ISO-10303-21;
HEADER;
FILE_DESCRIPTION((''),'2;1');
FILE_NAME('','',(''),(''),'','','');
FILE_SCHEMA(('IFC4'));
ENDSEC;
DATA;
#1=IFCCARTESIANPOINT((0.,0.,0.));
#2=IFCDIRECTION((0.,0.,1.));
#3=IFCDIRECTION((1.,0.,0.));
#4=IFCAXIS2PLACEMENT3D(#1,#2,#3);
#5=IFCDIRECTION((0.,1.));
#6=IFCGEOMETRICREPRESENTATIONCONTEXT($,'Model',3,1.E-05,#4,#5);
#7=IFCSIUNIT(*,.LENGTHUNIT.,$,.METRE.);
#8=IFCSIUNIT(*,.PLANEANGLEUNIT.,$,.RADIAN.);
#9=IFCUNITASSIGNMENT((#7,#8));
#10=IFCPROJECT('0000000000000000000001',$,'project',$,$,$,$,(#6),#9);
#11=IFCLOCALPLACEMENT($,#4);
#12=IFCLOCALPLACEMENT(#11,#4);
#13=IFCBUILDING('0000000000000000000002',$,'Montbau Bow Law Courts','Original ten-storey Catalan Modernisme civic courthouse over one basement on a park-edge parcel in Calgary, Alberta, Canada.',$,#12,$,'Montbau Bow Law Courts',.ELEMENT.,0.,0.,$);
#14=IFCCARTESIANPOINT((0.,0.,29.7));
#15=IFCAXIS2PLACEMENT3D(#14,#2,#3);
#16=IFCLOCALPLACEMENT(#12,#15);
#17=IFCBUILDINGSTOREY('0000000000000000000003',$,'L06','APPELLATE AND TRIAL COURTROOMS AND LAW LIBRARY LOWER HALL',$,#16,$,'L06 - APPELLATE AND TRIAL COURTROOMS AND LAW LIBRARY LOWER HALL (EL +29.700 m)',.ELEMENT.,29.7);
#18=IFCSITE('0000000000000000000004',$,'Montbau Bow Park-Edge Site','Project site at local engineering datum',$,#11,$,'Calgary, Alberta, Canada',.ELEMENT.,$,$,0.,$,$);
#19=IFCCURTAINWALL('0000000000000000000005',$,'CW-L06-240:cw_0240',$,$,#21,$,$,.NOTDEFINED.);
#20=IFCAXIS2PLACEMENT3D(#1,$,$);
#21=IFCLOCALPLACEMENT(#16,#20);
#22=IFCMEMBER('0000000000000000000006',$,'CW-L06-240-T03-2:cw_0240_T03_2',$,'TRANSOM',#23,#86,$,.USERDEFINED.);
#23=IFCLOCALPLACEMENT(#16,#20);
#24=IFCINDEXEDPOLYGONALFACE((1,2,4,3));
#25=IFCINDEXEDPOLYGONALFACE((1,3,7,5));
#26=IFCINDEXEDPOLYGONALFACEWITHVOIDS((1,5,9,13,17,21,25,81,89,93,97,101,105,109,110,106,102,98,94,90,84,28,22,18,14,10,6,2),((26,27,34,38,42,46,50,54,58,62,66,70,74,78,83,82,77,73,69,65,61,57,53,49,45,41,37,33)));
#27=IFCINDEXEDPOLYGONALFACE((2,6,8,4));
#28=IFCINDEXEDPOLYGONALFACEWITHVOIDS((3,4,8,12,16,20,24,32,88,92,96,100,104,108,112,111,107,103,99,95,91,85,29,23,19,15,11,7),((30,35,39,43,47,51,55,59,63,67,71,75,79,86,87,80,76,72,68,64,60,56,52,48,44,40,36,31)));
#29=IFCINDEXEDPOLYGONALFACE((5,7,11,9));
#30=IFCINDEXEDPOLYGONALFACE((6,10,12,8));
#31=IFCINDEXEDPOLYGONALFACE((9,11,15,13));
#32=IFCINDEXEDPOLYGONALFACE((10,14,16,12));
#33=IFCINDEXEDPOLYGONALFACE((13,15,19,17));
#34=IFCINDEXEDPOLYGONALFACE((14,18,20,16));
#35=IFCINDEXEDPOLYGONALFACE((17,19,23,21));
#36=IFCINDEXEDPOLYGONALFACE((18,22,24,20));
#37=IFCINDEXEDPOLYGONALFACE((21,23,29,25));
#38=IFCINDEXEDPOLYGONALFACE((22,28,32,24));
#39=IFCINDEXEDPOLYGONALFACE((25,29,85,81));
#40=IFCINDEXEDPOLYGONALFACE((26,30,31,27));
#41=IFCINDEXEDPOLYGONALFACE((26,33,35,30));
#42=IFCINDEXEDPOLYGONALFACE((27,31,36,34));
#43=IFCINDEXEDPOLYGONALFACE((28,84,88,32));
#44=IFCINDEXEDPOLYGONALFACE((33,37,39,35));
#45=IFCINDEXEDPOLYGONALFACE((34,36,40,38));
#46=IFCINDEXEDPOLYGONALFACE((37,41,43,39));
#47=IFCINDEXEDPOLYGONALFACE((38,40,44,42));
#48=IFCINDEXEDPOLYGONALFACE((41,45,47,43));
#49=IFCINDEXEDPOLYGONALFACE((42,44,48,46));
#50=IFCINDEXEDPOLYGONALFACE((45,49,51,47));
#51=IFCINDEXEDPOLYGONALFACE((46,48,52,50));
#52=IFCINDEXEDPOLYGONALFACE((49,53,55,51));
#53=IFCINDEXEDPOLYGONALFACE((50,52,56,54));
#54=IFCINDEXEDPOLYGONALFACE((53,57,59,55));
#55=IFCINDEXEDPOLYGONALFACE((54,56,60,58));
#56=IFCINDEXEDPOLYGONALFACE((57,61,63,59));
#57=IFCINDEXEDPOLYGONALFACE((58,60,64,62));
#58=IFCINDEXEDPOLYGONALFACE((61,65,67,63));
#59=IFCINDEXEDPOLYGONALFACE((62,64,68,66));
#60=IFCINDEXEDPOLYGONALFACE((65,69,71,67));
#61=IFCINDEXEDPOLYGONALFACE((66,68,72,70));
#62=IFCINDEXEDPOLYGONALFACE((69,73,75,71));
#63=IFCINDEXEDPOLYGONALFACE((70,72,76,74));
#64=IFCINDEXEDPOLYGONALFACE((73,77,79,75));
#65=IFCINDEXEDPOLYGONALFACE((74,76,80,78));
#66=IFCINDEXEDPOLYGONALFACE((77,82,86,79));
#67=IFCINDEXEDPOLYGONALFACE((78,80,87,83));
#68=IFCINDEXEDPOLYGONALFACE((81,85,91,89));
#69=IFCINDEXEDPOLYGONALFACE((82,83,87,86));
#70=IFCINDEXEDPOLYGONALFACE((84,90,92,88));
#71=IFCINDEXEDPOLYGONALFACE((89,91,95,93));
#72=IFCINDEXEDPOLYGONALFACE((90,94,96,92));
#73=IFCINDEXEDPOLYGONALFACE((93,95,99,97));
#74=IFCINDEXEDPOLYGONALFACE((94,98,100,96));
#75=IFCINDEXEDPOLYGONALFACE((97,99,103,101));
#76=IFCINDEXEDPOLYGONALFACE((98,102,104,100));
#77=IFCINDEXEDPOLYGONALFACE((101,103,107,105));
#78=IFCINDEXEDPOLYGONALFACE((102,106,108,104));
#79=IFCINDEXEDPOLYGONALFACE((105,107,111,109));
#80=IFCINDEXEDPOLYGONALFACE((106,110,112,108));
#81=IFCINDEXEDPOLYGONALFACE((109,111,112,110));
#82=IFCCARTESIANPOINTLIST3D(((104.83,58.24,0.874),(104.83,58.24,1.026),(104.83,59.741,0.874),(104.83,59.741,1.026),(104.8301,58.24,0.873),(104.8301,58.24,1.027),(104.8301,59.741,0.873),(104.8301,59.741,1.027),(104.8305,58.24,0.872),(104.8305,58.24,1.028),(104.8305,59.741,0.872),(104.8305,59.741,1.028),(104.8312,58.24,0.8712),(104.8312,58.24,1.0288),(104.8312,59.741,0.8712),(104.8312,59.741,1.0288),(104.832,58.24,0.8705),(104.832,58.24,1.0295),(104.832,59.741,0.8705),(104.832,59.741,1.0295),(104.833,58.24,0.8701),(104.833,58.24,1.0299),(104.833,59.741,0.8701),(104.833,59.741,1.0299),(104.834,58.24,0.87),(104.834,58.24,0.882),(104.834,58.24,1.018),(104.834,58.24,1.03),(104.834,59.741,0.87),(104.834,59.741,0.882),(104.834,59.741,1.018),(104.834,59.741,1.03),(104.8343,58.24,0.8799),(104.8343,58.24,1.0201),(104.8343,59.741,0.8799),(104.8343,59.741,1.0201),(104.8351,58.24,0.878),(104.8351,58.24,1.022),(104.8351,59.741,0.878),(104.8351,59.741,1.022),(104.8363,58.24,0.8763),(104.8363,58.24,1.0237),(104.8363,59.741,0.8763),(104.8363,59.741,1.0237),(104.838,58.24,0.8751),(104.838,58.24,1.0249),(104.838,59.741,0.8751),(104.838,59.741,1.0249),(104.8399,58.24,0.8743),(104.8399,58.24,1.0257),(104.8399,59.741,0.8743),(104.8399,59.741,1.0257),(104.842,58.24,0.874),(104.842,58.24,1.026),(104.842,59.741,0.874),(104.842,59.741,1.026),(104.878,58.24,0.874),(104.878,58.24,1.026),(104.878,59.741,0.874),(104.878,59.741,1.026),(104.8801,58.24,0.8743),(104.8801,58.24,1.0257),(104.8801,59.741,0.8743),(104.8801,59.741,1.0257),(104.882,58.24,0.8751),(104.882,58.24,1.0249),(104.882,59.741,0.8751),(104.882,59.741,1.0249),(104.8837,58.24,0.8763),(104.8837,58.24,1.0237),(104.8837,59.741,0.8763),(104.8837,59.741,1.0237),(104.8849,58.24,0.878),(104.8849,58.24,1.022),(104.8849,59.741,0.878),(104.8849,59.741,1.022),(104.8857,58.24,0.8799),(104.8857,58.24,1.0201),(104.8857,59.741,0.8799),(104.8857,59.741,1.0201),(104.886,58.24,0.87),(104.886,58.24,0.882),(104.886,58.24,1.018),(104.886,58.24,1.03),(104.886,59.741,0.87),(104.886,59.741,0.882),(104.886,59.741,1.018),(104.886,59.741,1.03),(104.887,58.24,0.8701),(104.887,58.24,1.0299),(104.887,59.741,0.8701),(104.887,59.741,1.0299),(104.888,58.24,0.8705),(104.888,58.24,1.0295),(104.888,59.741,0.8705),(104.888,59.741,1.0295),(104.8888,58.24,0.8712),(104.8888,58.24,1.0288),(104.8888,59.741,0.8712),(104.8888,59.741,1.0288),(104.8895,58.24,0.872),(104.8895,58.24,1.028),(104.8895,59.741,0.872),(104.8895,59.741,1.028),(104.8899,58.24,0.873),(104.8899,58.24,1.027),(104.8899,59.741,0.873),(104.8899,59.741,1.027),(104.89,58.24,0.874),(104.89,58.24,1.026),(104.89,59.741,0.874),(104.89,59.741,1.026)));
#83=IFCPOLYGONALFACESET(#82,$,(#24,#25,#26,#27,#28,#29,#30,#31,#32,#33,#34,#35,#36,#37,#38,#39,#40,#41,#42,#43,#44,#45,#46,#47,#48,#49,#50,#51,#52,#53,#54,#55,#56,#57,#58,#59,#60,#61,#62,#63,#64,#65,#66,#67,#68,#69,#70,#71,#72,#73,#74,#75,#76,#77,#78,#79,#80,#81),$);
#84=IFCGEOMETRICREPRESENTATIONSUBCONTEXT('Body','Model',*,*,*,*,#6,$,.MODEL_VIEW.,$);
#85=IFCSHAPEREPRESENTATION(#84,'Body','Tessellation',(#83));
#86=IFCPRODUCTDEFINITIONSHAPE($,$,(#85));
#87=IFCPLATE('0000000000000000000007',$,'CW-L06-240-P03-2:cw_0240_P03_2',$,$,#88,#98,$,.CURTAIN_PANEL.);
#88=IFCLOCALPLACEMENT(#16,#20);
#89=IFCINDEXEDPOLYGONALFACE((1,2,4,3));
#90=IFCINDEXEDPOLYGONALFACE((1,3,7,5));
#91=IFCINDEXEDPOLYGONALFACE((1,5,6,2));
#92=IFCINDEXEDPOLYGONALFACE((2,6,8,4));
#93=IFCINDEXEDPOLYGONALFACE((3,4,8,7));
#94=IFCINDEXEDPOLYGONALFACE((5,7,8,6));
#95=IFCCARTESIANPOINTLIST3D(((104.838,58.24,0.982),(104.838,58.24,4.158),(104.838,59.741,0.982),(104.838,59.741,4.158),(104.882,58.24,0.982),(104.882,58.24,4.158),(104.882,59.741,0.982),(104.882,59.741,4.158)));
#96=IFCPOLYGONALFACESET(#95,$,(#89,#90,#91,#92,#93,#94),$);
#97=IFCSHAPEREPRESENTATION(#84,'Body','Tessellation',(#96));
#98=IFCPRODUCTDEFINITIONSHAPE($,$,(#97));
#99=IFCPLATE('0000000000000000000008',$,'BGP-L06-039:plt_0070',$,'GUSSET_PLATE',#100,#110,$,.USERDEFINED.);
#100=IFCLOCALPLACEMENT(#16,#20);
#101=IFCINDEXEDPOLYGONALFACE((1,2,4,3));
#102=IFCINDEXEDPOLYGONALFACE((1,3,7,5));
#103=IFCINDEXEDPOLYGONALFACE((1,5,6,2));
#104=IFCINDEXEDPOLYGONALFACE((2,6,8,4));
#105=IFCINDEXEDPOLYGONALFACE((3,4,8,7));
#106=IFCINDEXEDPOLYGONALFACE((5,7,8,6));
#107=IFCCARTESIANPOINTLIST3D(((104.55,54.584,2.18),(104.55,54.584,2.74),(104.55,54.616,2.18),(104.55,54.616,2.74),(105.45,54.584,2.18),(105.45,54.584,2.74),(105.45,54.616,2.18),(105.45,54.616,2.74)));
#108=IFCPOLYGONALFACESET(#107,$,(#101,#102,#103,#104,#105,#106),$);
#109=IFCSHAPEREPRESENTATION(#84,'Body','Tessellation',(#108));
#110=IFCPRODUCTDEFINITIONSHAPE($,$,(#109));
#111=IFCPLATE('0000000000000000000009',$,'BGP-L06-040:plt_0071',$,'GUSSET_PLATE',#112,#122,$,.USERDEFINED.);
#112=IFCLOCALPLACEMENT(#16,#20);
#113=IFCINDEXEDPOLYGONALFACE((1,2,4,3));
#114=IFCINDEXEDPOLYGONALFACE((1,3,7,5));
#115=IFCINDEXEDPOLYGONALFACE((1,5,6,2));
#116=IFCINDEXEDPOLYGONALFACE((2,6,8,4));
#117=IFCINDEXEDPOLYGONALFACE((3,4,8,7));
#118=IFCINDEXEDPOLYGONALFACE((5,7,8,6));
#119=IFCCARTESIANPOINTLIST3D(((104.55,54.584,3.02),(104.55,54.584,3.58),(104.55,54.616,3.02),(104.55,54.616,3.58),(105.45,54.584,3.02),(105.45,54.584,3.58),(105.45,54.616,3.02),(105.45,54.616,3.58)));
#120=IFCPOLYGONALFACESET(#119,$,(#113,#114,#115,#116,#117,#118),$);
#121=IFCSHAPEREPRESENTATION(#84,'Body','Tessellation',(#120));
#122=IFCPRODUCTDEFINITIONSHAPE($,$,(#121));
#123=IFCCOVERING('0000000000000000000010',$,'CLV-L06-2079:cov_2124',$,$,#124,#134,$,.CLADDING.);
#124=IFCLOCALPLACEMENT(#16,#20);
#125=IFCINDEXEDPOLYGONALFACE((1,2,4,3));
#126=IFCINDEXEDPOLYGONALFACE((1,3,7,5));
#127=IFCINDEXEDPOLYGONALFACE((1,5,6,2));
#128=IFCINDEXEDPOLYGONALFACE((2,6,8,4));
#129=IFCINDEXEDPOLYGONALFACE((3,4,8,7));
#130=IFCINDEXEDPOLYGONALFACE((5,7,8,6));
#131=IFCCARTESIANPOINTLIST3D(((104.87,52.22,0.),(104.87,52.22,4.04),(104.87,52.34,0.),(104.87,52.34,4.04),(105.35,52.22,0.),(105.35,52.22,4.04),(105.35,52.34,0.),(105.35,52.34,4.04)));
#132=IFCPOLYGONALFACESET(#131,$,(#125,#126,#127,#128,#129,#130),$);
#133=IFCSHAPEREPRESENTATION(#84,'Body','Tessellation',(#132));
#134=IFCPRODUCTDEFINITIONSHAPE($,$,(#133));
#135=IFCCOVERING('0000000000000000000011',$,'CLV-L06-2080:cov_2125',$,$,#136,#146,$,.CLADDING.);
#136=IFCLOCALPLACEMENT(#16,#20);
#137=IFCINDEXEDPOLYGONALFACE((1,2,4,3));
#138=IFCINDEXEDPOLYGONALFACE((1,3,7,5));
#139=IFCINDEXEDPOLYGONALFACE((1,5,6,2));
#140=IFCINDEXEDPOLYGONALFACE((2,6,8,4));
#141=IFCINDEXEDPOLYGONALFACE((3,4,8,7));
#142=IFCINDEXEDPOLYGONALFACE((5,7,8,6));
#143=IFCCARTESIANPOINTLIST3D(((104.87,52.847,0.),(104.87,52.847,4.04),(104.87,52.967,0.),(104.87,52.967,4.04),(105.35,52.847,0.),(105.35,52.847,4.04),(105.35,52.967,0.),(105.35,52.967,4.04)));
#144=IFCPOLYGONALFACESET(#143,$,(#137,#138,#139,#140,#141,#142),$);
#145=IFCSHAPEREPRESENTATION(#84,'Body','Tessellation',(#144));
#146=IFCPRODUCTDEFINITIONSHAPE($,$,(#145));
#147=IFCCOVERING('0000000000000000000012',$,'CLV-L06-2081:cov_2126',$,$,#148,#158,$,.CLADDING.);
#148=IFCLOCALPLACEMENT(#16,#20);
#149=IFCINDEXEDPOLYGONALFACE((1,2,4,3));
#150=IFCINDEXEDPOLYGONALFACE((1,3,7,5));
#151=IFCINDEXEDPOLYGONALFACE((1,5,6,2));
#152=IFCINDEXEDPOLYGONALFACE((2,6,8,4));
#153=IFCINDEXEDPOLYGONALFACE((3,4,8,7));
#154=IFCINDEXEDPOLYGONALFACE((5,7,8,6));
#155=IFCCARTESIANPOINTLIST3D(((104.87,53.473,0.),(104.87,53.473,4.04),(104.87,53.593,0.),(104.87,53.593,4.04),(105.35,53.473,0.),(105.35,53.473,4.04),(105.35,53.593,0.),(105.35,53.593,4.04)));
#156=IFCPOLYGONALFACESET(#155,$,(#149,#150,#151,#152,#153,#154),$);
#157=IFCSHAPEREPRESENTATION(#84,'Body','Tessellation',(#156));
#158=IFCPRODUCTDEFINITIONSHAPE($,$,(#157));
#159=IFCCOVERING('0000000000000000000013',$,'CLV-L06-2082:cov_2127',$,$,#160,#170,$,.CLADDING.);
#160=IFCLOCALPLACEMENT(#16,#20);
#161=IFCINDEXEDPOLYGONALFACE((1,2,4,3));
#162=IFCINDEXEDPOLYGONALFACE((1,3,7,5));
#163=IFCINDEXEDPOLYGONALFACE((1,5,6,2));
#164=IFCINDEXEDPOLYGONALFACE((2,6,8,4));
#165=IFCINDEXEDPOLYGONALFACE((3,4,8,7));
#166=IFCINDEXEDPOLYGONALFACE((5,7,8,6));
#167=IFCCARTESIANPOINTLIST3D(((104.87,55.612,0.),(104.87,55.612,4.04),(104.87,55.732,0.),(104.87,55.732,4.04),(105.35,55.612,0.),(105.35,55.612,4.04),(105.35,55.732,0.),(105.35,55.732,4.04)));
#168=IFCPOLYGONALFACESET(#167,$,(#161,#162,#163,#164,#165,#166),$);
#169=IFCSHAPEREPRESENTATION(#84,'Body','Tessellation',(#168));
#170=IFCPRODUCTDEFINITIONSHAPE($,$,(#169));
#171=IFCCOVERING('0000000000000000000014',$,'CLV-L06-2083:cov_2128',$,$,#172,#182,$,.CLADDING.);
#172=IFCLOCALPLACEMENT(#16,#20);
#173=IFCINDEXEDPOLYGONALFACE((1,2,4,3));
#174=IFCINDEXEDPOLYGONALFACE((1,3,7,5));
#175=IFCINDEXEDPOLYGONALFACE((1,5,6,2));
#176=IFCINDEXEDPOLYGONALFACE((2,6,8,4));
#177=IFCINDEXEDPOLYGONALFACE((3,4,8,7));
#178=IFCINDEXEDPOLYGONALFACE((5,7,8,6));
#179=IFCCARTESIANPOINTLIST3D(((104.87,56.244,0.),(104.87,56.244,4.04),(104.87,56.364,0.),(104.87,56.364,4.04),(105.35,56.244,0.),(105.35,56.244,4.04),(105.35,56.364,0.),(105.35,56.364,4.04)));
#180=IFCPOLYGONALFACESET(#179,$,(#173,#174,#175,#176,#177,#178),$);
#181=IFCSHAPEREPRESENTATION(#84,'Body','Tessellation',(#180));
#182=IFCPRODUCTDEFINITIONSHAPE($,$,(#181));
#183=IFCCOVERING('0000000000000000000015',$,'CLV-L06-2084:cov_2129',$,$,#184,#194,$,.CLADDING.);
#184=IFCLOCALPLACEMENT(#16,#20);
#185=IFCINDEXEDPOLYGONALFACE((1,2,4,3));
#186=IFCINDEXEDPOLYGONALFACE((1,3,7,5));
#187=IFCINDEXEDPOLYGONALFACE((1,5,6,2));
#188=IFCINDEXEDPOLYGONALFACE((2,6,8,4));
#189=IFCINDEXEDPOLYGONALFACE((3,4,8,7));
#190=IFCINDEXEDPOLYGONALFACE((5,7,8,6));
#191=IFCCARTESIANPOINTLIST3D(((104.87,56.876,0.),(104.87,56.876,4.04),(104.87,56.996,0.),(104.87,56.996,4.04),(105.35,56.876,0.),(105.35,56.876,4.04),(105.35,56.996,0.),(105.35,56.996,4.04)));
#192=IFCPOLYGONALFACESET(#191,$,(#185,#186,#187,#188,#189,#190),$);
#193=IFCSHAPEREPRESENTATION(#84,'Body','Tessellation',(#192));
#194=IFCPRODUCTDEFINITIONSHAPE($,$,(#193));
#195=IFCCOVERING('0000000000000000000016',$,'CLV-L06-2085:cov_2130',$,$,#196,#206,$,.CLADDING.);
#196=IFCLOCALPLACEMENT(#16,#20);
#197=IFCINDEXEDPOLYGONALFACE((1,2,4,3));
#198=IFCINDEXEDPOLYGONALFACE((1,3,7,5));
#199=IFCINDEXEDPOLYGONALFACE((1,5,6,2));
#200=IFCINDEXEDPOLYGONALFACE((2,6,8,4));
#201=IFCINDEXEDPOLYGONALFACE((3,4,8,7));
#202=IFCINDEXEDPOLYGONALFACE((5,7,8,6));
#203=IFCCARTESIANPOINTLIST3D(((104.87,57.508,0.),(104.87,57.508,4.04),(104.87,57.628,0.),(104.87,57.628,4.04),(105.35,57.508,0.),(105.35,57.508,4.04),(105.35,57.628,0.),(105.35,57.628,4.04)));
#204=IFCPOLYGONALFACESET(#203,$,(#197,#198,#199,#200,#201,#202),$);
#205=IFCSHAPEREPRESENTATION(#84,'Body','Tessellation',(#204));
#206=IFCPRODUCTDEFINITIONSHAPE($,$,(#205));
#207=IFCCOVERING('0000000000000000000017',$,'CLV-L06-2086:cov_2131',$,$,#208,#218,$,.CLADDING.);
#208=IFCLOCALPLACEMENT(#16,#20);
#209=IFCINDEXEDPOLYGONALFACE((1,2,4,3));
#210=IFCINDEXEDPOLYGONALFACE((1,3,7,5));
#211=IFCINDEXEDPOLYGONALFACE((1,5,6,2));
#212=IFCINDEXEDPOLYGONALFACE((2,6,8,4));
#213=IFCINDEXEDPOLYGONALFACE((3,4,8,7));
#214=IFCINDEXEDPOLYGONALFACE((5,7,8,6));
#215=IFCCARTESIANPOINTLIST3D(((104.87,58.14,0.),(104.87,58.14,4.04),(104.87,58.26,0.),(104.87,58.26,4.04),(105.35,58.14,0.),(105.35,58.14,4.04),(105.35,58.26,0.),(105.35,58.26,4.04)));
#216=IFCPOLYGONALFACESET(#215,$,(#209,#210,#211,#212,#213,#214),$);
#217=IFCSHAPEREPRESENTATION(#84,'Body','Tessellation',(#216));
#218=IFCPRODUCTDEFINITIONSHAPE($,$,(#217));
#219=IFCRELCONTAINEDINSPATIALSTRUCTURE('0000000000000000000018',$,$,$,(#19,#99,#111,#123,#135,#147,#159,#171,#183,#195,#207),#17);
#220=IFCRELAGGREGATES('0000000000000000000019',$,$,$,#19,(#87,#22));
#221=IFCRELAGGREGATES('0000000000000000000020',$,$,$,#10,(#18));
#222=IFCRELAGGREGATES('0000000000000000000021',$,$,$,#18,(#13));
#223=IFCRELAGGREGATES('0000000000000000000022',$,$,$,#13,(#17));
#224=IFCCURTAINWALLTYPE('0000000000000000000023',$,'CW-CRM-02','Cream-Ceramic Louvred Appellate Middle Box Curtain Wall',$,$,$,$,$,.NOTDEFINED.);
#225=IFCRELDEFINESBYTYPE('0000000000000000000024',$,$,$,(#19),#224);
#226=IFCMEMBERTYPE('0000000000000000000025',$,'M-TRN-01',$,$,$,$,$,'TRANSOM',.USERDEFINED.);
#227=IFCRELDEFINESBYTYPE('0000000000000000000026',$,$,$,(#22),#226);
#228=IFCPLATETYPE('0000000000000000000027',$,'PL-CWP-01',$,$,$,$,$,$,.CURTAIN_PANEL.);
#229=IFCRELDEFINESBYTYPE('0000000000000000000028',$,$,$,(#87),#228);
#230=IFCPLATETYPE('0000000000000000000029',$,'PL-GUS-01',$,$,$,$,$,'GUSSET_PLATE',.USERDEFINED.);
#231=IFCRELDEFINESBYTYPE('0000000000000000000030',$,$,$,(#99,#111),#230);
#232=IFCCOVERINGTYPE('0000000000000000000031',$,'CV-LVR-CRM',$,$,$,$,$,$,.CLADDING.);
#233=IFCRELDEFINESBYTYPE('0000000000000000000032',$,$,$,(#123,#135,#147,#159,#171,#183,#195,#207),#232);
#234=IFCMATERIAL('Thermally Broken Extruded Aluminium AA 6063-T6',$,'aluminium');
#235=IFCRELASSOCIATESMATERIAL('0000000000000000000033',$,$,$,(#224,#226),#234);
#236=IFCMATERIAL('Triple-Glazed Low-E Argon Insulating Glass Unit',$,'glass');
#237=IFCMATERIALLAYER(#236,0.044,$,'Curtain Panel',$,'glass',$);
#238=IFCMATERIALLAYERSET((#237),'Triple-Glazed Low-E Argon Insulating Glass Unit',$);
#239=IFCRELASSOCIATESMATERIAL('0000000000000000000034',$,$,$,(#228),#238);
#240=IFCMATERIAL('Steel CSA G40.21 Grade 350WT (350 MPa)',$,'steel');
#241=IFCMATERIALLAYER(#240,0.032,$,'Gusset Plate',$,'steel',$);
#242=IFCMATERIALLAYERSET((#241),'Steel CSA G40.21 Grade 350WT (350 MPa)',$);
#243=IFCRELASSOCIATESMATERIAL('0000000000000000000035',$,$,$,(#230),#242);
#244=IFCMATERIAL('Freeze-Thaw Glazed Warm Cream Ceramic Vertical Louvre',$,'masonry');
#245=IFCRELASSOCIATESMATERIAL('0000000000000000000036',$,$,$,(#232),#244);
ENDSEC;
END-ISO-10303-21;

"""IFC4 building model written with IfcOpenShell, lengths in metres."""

from ifc_helpers import new_model, si_unit, direction, frame, frame_2d, origin_with_axes, origin_2d_with_axis, place, context, subcontext, project, spatial, rectangle, hollow_rectangle, extrude, material, layer, layer_set, material_profile, profile_set, type_object, element, aggregate, save


model = new_model("IFC4")

# Units and contexts
model_context = context("Model", 3, precision=1e-05, world=origin_with_axes(), true_north=direction((0.0, 1.0)))
body_context = subcontext(model_context, "Body", "Model", "MODEL_VIEW")
ifc_project = project(units=[si_unit("LENGTHUNIT", "METRE"), si_unit("PLANEANGLEUNIT", "RADIAN")], contexts=[model_context])

# Site, building, storey
site_placement = place(None, origin_with_axes())
site = spatial("IfcSite", under=ifc_project, at=site_placement, Name="Montbau Bow Park-Edge Site", Description="Project site at local engineering datum", LongName="Calgary, Alberta, Canada", CompositionType="ELEMENT", RefElevation=0.0)
building_placement = place(site_placement, origin_with_axes())
building = spatial("IfcBuilding", under=site, at=building_placement, Name="Montbau Bow Law Courts", Description="Original ten-storey Catalan Modernisme civic courthouse over one basement on a park-edge parcel in Calgary, Alberta, Canada.", LongName="Montbau Bow Law Courts", CompositionType="ELEMENT", ElevationOfRefHeight=0.0, ElevationOfTerrain=0.0)
storey_placement = place(building_placement, frame((0.0, 0.0, 29.7), z_axis=(0.0, 0.0, 1.0), x_axis=(1.0, 0.0, 0.0)))
storey = spatial("IfcBuildingStorey", under=building, at=storey_placement, Name="L06", Description="APPELLATE AND TRIAL COURTROOMS AND LAW LIBRARY LOWER HALL", LongName="L06 - APPELLATE AND TRIAL COURTROOMS AND LAW LIBRARY LOWER HALL (EL +29.700 m)", CompositionType="ELEMENT", Elevation=29.7)

# Shared definitions
ifc_material_1 = material(Name="Steel CSA G40.21 Grade 350WT (350 MPa)", Category="steel")

# Curtain wall, member, plate
ifc_material_2 = material(Name="Thermally Broken Extruded Aluminium AA 6063-T6", Category="aluminium")
curtain_wall_type = type_object("IfcCurtainWallType", Name="CW-CRM-02", Description="Cream-Ceramic Louvred Appellate Middle Box Curtain Wall", PredefinedType="NOTDEFINED", material=ifc_material_2)
curtain_wall_placement = place(None, frame((104.86, 55.04, 29.7), z_axis=(0.0, 0.0, 1.0), x_axis=(1.0, 0.0, 0.0)))
curtain_wall = element("IfcCurtainWall", 1, at=curtain_wall_placement, inside=storey, type_object=curtain_wall_type, Name="CW-L06-240:cw_0240", PredefinedType="NOTDEFINED")
ifc_material_profile_1 = material_profile(ifc_material_2, hollow_rectangle(XDim=0.06, YDim=0.16, WallThickness=0.004, InnerFilletRadius=0.008, OuterFilletRadius=0.004, at=origin_2d_with_axis()), Name="CWT-160X60", Category="Main", Priority=0)
ifc_profile_set_1 = profile_set([ifc_material_profile_1], Name="Thermally Broken Extruded Aluminium AA 6063-T6")
member_type = type_object("IfcMemberType", Name="M-TRN-01", ElementType="TRANSOM", PredefinedType="USERDEFINED", material=ifc_profile_set_1)
member_1_placement = place(None, frame((104.86, 58.24, 30.65), z_axis=(0.0, 1.0, 0.0), x_axis=(-1.0, 0.0, 0.0)))
member_1 = element("IfcMember", 2, at=member_1_placement, type_object=member_type, Name="CW-L06-240-T03-2:cw_0240_T03_2", ObjectType="TRANSOM", PredefinedType="USERDEFINED", context=body_context, shape_type="SweptSolid", body=[
    extrude(hollow_rectangle(XDim=0.06, YDim=0.16, WallThickness=0.004, InnerFilletRadius=0.008, OuterFilletRadius=0.004, at=origin_2d_with_axis()), origin_with_axes(), (0.0, 0.0, 1.0), 1.501),
])
ifc_material_3 = material(Name="Triple-Glazed Low-E Argon Insulating Glass Unit", Category="glass")
ifc_layer_1 = layer(ifc_material_3, 0.044, Name="Curtain Panel", Category="glass")
ifc_layer_set_1 = layer_set([ifc_layer_1], Name="Triple-Glazed Low-E Argon Insulating Glass Unit")
plate_type_1 = type_object("IfcPlateType", Name="PL-CWP-01", PredefinedType="CURTAIN_PANEL", material=ifc_layer_set_1)
plate_placement = place(None, frame((104.86, 58.24, 30.682), z_axis=(1.0, 0.0, 0.0), x_axis=(0.0, 1.0, 0.0)))
plate = element("IfcPlate", 3, at=plate_placement, type_object=plate_type_1, Name="CW-L06-240-P03-2:cw_0240_P03_2", PredefinedType="CURTAIN_PANEL", context=body_context, shape_type="SweptSolid", body=[
    extrude(rectangle(XDim=1.501, YDim=3.176, at=frame_2d((0.7505, 1.588), x_axis=(1.0, 0.0))), frame((0.0, 0.0, -0.022), z_axis=(0.0, 0.0, 1.0), x_axis=(1.0, 0.0, 0.0)), (0.0, 0.0, 1.0), 0.044),
])
aggregate(curtain_wall, [plate, member_1])

# Plates
ifc_layer_2 = layer(ifc_material_1, 0.032, Name="Gusset Plate", Category="steel")
ifc_layer_set_2 = layer_set([ifc_layer_2], Name="Steel CSA G40.21 Grade 350WT (350 MPa)")
plate_type_2 = type_object("IfcPlateType", Name="PL-GUS-01", ElementType="GUSSET_PLATE", PredefinedType="USERDEFINED", material=ifc_layer_set_2)
for number, where, z_axis, x_axis, name in (
    (4, (105.0, 54.6, 31.88), (0.0, 0.0, 1.0), (1.0, 0.0, 0.0), "BGP-L06-039:plt_0070"),
    (5, (105.0, 54.6, 32.72), (0.0, 0.0, 1.0), (1.0, 0.0, 0.0), "BGP-L06-040:plt_0071"),
):
    element("IfcPlate", number, at=place(None, frame(where, z_axis=z_axis, x_axis=x_axis)), inside=storey, type_object=plate_type_2, Name=name, ObjectType="GUSSET_PLATE", PredefinedType="USERDEFINED", context=body_context, shape_type="SweptSolid", body=[
        extrude(rectangle(XDim=0.9, YDim=0.032, at=origin_2d_with_axis()), origin_with_axes(), (0.0, 0.0, 1.0), 0.56),
    ])

# Coverings
ifc_material_4 = material(Name="Freeze-Thaw Glazed Warm Cream Ceramic Vertical Louvre", Category="masonry")
covering_type = type_object("IfcCoveringType", Name="CV-LVR-CRM", PredefinedType="CLADDING", material=ifc_material_4)
for number, where, z_axis, x_axis, name in (
    (6, (104.87, 52.28, 29.7), (0.0, -1.0, 0.0), (1.0, 0.0, 0.0), "CLV-L06-2079:cov_2124"),
    (7, (104.87, 52.907, 29.7), (0.0, -1.0, 0.0), (1.0, 0.0, 0.0), "CLV-L06-2080:cov_2125"),
    (8, (104.87, 53.533, 29.7), (0.0, -1.0, 0.0), (1.0, 0.0, 0.0), "CLV-L06-2081:cov_2126"),
    (9, (104.87, 55.672, 29.7), (0.0, -1.0, 0.0), (1.0, 0.0, 0.0), "CLV-L06-2082:cov_2127"),
    (10, (104.87, 56.304, 29.7), (0.0, -1.0, 0.0), (1.0, 0.0, 0.0), "CLV-L06-2083:cov_2128"),
    (11, (104.87, 56.936, 29.7), (0.0, -1.0, 0.0), (1.0, 0.0, 0.0), "CLV-L06-2084:cov_2129"),
    (12, (104.87, 57.568, 29.7), (0.0, -1.0, 0.0), (1.0, 0.0, 0.0), "CLV-L06-2085:cov_2130"),
    (13, (104.87, 58.2, 29.7), (0.0, -1.0, 0.0), (1.0, 0.0, 0.0), "CLV-L06-2086:cov_2131"),
):
    element("IfcCovering", number, at=place(None, frame(where, z_axis=z_axis, x_axis=x_axis)), inside=storey, type_object=covering_type, Name=name, PredefinedType="CLADDING", context=body_context, shape_type="SweptSolid", body=[
        extrude(rectangle(XDim=0.48, YDim=4.04, at=frame_2d((0.24, 2.02), x_axis=(1.0, 0.0))), frame((0.0, 0.0, -0.06), z_axis=(0.0, 0.0, 1.0), x_axis=(1.0, 0.0, 0.0)), (0.0, 0.0, 1.0), 0.12),
    ])

save(model, "model.ifc")
